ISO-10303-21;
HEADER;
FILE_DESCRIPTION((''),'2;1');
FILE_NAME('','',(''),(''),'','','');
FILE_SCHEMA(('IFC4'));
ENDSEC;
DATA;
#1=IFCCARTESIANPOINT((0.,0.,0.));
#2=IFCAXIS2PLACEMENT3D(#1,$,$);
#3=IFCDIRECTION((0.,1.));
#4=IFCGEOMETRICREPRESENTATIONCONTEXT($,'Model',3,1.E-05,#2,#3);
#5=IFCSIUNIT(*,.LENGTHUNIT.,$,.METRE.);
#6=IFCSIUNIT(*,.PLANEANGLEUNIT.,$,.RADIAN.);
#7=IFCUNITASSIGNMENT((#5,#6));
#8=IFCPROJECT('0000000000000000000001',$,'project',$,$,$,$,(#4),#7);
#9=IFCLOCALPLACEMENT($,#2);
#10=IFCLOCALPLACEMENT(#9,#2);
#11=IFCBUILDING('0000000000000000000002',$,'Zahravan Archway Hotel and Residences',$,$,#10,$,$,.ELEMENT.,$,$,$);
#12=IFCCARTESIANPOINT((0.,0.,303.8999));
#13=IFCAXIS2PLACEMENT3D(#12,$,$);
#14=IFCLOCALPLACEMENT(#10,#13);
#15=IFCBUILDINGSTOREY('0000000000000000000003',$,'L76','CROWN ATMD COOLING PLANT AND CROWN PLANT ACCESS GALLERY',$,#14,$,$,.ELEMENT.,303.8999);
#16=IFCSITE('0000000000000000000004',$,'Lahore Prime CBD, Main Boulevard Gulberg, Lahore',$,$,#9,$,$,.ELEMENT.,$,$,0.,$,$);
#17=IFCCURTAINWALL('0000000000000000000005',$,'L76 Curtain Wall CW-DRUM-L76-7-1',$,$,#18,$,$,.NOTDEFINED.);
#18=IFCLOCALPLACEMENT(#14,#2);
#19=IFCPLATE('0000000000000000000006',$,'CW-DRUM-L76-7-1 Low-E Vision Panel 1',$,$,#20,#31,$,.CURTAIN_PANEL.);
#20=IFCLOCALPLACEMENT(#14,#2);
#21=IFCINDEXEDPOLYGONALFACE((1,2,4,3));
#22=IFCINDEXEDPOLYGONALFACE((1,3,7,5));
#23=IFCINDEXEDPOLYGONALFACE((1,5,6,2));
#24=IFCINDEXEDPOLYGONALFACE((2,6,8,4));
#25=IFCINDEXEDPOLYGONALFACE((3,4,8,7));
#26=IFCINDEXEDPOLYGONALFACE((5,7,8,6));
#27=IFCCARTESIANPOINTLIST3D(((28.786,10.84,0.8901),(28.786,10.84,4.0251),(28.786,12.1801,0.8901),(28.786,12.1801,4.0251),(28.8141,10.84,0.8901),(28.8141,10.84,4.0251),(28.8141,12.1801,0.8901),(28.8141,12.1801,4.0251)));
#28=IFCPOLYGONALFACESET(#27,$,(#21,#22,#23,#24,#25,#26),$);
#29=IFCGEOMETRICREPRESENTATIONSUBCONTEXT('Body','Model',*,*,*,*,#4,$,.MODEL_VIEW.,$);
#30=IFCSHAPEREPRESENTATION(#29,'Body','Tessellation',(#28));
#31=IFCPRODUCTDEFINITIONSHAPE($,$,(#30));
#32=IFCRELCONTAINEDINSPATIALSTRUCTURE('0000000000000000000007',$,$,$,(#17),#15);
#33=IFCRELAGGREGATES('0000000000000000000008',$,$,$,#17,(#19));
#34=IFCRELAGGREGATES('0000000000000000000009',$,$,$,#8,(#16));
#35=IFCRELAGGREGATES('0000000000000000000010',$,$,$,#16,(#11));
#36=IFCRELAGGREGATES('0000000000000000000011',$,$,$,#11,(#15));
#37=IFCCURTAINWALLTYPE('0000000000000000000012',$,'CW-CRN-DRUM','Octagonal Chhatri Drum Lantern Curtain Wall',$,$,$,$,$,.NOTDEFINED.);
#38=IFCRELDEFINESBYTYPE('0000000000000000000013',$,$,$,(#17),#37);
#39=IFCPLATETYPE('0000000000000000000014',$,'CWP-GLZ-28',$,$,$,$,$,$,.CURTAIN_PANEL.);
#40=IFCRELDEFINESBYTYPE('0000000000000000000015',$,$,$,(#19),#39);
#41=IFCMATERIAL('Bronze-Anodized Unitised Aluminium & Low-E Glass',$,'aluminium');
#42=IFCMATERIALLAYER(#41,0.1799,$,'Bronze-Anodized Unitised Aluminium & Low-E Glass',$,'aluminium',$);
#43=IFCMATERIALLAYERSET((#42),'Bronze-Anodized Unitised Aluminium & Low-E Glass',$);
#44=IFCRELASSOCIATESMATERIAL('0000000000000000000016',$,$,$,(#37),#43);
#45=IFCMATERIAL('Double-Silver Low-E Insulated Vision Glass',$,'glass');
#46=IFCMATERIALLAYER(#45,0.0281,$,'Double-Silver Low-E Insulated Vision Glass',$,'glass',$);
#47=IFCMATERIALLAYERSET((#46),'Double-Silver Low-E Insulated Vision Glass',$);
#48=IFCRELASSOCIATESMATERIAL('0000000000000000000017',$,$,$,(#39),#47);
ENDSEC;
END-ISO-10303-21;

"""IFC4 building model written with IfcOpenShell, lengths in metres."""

from ifc_helpers import new_model, si_unit, direction, frame, origin, origin_2d, place, context, subcontext, project, spatial, rectangle, extrude, source, transform, mapped, material, layer, layer_set, type_object, element, aggregate, save


model = new_model("IFC4")

# Units and contexts
model_context = context("Model", 3, precision=1e-05, world=origin(), true_north=direction((0.0, 1.0)))
body_context = subcontext(model_context, "Body", "Model", "MODEL_VIEW")
ifc_project = project(units=[si_unit("LENGTHUNIT", "METRE"), si_unit("PLANEANGLEUNIT", "RADIAN")], contexts=[model_context])

# Site, building, storey
site_placement = place(None, origin())
site = spatial("IfcSite", under=ifc_project, at=site_placement, Name="Lahore Prime CBD, Main Boulevard Gulberg, Lahore", CompositionType="ELEMENT", RefElevation=0.0)
building_placement = place(site_placement, origin())
building = spatial("IfcBuilding", under=site, at=building_placement, Name="Zahravan Archway Hotel and Residences", CompositionType="ELEMENT")
storey_placement = place(building_placement, frame((0.0, 0.0, 303.8999)))
storey = spatial("IfcBuildingStorey", under=building, at=storey_placement, Name="L76", Description="CROWN ATMD COOLING PLANT AND CROWN PLANT ACCESS GALLERY", CompositionType="ELEMENT", Elevation=303.8999)

# Curtain wall
ifc_material_1 = material(Name="Bronze-Anodized Unitised Aluminium & Low-E Glass", Category="aluminium")
ifc_layer_1 = layer(ifc_material_1, 0.1799, Name="Bronze-Anodized Unitised Aluminium & Low-E Glass", Category="aluminium")
ifc_layer_set_1 = layer_set([ifc_layer_1], Name="Bronze-Anodized Unitised Aluminium & Low-E Glass")
curtain_wall_type = type_object("IfcCurtainWallType", Name="CW-CRN-DRUM", Description="Octagonal Chhatri Drum Lantern Curtain Wall", PredefinedType="NOTDEFINED", material=ifc_layer_set_1)
curtain_wall_placement = place(storey_placement, origin())
curtain_wall = element("IfcCurtainWall", 1, at=curtain_wall_placement, inside=storey, type_object=curtain_wall_type, Name="L76 Curtain Wall CW-DRUM-L76-7-1", PredefinedType="NOTDEFINED")

# Plate
ifc_material_2 = material(Name="Double-Silver Low-E Insulated Vision Glass", Category="glass")
ifc_layer_2 = layer(ifc_material_2, 0.0281, Name="Double-Silver Low-E Insulated Vision Glass", Category="glass")
ifc_layer_set_2 = layer_set([ifc_layer_2], Name="Double-Silver Low-E Insulated Vision Glass")
plate_type_1 = type_object("IfcPlateType", Name="CWP-GLZ-28", PredefinedType="CURTAIN_PANEL", material=ifc_layer_set_2)
shared_shape_1 = source(origin(), body_context, "Body", "SweptSolid", [
    extrude(rectangle(XDim=1.3401, YDim=0.0281, at=origin_2d()), origin(), (0.0, 0.0, 1.0), 3.135),
])
plate_1_placement = place(storey_placement, frame((28.8, 11.51, 0.8901), z_axis=(0.0, 0.0, 1.0), x_axis=(0.0, -1.0, 0.0)))
plate_1 = element("IfcPlate", 2, at=plate_1_placement, type_object=plate_type_1, Name="CW-DRUM-L76-7-1 Low-E Vision Panel 1", PredefinedType="CURTAIN_PANEL", context=body_context, shape_type="MappedRepresentation", body=[
    mapped(shared_shape_1, transform((0.0, 0.0, 0.0), scale=1.0)),
])
aggregate(curtain_wall, [plate_1])

save(model, "model.ifc")
